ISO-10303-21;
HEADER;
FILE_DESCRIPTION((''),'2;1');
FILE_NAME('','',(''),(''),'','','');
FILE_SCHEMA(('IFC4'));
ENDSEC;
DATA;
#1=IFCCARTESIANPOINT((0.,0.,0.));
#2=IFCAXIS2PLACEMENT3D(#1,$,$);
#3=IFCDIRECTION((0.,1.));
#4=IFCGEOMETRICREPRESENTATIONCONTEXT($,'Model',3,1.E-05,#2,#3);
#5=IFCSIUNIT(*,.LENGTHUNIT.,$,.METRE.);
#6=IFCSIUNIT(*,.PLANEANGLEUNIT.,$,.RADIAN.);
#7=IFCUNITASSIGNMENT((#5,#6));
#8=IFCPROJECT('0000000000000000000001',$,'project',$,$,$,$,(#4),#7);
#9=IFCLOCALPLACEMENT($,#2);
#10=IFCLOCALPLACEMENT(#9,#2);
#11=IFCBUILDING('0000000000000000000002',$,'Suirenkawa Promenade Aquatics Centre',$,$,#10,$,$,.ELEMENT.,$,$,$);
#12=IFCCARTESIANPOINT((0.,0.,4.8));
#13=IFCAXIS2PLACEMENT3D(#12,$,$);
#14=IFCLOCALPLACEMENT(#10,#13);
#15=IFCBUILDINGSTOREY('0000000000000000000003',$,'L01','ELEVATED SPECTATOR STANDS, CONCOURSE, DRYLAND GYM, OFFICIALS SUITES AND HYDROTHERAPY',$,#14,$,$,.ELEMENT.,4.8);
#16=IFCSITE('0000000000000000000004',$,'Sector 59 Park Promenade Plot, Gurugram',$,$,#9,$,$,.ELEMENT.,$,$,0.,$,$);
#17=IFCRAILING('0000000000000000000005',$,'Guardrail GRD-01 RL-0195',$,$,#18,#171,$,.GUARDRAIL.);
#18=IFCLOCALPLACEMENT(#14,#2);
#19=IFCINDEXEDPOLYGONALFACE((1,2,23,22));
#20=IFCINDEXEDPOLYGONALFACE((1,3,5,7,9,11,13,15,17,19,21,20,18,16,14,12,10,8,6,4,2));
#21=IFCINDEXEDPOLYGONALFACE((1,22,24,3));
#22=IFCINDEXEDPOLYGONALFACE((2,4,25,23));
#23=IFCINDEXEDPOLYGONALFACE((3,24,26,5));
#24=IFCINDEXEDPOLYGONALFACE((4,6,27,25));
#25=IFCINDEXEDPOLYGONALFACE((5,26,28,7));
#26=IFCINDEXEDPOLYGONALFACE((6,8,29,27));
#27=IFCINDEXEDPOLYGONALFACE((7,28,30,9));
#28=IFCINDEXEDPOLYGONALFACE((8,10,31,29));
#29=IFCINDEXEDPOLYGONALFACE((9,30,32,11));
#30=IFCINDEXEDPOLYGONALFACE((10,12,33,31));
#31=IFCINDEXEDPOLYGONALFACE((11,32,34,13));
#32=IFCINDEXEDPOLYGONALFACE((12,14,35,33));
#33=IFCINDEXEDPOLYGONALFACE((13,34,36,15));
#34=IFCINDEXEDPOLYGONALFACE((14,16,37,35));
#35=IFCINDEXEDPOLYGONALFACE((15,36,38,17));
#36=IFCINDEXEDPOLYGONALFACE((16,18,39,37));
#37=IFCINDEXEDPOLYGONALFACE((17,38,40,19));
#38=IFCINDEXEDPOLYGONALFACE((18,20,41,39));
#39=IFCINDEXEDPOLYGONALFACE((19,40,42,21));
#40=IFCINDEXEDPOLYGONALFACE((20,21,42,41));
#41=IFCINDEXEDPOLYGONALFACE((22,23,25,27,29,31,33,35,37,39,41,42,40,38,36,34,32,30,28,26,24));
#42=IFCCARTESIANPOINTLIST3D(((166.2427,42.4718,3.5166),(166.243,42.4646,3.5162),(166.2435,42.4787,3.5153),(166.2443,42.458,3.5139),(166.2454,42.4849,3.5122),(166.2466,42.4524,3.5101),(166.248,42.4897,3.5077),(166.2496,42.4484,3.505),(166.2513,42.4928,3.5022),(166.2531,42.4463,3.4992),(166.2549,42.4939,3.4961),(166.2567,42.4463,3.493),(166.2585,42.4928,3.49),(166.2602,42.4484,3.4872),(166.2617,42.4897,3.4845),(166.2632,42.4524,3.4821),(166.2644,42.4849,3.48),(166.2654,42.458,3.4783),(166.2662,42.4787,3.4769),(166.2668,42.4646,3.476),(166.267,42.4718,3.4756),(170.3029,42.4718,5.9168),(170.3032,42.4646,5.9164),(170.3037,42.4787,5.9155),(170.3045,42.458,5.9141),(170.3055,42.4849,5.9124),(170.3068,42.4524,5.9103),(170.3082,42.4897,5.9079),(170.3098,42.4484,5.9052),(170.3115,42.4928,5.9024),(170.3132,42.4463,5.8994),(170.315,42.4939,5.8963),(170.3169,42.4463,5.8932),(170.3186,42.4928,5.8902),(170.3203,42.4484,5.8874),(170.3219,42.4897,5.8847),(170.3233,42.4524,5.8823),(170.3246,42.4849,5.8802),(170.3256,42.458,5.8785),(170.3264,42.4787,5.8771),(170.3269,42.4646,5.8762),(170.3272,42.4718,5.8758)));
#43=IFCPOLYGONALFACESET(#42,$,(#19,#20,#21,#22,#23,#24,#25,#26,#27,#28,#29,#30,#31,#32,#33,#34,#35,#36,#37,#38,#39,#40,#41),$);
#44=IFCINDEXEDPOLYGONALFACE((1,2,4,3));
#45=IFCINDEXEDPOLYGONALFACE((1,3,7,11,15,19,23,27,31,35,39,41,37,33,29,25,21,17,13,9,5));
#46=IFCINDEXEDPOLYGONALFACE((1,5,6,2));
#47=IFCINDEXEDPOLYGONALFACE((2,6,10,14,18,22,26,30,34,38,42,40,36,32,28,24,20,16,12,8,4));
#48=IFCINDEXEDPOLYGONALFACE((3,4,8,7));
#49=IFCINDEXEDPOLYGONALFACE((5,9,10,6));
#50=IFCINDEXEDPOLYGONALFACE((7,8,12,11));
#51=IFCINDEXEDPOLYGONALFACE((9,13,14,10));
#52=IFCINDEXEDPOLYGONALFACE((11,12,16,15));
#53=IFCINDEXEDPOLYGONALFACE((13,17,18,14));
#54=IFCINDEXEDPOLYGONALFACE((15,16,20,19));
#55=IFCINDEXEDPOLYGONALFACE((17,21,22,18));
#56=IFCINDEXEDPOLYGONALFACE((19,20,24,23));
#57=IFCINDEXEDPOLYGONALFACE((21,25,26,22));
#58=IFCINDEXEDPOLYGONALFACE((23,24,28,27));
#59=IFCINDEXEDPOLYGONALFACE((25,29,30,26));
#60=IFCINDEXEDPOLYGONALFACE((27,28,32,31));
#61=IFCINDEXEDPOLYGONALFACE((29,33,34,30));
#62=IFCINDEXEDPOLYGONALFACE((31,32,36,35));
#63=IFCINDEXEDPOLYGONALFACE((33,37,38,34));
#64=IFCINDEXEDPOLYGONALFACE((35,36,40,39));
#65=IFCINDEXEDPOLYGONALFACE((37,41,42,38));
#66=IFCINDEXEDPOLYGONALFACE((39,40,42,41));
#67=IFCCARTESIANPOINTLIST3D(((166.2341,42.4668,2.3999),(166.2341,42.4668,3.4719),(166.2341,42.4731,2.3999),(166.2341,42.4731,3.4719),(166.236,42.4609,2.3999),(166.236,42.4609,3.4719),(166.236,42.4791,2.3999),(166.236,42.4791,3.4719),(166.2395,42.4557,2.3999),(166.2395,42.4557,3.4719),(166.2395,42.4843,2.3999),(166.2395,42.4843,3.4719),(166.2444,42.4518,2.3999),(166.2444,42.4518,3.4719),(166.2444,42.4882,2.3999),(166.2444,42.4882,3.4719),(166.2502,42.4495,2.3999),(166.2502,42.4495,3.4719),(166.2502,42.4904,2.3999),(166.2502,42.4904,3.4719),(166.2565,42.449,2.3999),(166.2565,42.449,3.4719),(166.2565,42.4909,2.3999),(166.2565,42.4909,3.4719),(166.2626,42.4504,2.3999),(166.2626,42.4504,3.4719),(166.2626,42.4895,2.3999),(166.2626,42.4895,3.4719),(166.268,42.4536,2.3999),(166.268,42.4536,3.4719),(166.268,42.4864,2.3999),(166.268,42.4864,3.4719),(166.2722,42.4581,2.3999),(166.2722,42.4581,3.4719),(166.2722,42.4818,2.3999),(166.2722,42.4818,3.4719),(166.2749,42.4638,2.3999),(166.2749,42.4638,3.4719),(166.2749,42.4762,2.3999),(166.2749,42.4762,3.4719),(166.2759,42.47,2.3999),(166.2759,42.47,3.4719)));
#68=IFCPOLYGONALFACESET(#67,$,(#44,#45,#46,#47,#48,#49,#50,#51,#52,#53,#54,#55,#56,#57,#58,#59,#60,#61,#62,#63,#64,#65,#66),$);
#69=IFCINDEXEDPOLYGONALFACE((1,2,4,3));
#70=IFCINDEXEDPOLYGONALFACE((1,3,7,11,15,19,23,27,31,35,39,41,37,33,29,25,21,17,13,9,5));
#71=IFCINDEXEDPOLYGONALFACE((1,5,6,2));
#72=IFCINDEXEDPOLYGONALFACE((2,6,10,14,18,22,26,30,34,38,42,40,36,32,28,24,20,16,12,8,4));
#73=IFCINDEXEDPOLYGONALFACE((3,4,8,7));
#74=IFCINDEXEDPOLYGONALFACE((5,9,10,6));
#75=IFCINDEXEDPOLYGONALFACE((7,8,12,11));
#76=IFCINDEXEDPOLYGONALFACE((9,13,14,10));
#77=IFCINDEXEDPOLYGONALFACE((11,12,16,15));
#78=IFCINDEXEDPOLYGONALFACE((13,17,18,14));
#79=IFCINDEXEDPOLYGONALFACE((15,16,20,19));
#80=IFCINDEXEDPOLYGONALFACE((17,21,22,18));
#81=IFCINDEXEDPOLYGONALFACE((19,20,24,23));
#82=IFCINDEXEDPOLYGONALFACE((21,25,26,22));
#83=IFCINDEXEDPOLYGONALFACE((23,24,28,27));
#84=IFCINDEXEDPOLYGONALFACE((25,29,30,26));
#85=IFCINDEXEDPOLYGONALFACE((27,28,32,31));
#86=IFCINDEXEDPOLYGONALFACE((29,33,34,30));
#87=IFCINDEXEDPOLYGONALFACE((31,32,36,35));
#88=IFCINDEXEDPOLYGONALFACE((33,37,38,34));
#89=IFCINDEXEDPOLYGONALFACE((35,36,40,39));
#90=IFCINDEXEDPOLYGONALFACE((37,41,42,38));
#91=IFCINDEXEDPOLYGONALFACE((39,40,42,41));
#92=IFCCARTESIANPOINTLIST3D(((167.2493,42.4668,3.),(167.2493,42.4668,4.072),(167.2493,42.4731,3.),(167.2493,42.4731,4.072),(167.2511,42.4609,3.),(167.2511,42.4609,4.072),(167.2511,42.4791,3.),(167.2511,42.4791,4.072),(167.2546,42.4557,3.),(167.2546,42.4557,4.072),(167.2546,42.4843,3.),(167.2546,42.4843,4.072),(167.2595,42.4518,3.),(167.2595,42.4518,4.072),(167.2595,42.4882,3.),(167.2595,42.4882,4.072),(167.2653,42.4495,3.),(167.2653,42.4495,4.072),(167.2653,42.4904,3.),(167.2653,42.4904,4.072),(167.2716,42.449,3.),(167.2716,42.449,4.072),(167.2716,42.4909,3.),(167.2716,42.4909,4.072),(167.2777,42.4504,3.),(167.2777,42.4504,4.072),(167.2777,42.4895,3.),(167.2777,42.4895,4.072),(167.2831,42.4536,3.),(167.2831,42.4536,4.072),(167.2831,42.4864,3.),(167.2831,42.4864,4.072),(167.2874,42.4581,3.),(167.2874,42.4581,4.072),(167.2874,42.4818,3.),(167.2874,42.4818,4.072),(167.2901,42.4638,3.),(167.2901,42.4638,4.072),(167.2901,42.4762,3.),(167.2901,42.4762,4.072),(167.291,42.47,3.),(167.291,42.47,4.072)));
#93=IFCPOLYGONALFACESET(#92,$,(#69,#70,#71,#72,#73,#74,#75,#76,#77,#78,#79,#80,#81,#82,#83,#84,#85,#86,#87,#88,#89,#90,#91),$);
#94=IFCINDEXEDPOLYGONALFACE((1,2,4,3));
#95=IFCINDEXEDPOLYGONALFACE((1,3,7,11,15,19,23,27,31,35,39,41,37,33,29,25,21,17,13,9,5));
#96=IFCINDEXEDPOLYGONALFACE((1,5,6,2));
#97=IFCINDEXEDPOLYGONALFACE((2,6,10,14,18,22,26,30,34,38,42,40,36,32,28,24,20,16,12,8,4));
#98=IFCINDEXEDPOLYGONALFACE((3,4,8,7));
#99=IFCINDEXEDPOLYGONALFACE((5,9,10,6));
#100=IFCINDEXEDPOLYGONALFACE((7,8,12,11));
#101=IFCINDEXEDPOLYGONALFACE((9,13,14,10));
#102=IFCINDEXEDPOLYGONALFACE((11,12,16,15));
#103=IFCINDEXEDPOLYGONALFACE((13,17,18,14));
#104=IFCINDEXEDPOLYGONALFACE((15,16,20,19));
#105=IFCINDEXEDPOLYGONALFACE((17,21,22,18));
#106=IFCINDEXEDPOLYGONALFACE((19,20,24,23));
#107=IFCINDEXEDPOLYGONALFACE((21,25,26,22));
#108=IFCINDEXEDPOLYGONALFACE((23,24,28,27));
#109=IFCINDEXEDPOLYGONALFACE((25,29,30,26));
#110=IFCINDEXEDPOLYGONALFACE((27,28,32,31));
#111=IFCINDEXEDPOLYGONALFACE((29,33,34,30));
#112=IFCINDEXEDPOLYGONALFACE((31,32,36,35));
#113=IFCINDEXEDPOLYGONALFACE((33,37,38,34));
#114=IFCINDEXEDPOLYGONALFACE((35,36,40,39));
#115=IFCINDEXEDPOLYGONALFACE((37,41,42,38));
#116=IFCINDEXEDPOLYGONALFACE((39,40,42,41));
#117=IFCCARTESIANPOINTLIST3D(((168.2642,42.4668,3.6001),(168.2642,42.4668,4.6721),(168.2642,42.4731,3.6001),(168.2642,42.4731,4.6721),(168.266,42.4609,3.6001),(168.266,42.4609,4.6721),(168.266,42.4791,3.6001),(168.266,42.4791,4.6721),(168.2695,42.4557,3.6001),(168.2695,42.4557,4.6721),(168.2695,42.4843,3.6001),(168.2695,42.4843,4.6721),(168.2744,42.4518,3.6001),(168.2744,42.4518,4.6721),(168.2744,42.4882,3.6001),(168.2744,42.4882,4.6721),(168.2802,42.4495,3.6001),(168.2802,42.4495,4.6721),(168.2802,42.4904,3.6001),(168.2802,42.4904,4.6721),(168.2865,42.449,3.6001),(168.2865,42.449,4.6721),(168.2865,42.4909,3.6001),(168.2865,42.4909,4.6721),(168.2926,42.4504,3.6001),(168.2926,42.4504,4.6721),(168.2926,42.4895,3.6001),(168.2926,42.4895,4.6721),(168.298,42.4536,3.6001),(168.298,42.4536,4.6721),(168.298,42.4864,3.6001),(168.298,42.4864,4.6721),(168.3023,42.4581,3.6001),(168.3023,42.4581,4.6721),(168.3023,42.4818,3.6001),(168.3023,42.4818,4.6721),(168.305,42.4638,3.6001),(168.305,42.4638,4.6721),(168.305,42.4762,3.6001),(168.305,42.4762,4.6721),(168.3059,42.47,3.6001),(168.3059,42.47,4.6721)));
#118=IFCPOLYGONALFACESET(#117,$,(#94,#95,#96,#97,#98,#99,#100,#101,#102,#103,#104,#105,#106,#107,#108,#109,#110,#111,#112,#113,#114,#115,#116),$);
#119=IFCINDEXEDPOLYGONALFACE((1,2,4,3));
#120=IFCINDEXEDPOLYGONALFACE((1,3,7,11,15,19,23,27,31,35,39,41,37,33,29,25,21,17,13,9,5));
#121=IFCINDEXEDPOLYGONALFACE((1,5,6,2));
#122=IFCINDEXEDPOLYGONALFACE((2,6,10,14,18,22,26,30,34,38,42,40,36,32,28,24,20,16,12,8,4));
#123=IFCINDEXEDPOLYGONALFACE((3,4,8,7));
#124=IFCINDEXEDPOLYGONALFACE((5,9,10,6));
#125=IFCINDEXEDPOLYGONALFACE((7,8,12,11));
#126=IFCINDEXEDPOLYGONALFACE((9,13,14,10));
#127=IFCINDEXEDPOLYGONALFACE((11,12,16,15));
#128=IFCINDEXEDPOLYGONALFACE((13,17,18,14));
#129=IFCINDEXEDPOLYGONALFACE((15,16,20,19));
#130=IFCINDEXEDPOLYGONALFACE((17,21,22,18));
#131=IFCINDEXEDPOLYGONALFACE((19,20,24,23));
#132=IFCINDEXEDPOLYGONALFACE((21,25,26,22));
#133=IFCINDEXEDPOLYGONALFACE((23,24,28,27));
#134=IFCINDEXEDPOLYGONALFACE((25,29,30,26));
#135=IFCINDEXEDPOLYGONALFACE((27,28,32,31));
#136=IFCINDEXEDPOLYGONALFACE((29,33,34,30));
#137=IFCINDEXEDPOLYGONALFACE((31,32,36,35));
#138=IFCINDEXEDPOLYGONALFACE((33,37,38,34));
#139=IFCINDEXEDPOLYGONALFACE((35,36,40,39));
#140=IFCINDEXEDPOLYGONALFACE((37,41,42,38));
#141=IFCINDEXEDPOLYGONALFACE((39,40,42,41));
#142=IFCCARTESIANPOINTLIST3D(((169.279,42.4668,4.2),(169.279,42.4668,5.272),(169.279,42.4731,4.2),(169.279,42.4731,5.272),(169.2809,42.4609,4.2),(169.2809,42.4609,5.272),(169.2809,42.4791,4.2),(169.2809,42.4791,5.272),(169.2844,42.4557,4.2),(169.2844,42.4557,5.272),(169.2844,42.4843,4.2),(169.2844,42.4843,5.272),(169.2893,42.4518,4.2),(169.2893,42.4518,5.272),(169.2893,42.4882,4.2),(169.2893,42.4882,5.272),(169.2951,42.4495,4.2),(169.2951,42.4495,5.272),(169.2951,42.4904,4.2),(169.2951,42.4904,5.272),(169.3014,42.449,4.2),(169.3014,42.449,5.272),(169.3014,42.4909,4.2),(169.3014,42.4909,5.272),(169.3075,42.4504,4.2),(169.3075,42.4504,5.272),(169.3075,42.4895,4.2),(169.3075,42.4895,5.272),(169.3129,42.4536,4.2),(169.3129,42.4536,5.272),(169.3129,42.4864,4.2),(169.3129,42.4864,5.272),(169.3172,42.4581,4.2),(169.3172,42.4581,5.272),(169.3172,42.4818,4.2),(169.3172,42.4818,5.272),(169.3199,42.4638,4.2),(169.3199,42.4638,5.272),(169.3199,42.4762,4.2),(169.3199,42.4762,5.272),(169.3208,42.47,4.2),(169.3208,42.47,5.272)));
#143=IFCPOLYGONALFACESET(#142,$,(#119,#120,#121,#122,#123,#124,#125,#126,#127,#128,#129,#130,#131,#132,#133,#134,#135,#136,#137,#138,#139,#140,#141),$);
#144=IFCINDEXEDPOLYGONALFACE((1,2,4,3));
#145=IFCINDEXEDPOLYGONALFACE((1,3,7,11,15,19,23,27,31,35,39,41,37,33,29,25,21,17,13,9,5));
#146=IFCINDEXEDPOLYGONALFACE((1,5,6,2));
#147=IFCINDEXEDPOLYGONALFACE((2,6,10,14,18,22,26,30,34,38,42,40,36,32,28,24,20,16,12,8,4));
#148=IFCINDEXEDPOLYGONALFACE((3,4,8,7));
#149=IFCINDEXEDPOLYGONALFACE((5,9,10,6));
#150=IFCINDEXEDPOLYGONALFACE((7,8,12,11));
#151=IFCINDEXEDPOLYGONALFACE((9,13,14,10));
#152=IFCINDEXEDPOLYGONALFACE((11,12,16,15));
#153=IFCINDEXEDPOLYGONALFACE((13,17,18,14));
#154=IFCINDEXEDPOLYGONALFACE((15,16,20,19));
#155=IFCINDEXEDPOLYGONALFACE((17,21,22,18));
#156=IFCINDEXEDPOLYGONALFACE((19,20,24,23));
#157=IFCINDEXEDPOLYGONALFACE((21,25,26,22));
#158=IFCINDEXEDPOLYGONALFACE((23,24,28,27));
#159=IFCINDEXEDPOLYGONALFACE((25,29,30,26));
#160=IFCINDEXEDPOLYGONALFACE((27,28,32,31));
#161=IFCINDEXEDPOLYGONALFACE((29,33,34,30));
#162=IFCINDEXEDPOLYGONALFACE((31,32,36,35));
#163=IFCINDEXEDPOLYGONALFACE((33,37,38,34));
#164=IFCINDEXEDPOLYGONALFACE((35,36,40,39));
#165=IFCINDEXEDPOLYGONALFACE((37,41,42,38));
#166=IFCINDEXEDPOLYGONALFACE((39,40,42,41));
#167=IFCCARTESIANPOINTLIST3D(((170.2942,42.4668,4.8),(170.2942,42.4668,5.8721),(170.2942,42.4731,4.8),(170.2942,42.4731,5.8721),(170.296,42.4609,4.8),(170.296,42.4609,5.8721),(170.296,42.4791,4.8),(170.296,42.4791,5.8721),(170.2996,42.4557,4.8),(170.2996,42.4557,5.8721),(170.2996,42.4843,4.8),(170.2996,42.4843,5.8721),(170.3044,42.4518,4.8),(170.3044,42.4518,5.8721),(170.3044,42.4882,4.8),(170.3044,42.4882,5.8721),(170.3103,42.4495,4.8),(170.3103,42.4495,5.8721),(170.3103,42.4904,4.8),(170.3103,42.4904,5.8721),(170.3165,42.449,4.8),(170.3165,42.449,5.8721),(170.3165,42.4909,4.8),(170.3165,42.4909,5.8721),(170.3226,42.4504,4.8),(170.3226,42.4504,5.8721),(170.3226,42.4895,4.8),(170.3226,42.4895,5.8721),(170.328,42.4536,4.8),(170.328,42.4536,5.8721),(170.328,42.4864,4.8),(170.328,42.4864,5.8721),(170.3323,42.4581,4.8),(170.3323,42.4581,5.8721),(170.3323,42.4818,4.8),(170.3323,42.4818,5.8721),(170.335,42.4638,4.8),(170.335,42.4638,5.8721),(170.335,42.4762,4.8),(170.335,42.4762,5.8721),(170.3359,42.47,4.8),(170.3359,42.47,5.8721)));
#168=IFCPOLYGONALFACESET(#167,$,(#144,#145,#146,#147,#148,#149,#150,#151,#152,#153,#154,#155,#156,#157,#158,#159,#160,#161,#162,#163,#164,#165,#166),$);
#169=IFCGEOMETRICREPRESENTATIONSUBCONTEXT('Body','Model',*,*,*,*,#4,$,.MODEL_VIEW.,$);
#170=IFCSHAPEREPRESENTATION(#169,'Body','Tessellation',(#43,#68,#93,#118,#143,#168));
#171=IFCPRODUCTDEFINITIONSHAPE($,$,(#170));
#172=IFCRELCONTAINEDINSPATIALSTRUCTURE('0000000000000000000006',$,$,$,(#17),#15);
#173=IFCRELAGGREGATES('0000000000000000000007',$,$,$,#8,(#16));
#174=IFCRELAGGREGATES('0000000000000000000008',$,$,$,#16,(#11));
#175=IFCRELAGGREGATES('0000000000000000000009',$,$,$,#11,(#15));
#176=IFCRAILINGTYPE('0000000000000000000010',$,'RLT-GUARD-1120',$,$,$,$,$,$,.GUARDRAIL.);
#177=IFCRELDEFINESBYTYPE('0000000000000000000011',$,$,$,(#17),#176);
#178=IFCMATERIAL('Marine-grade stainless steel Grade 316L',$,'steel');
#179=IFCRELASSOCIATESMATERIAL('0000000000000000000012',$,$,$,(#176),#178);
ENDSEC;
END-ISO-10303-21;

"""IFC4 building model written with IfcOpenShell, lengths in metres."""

from ifc_helpers import new_model, si_unit, direction, frame, origin, origin_2d, place, context, subcontext, project, spatial, circle, extrude, material, type_object, element, save


model = new_model("IFC4")

# Units and contexts
model_context = context("Model", 3, precision=1e-05, world=origin(), true_north=direction((0.0, 1.0)))
body_context = subcontext(model_context, "Body", "Model", "MODEL_VIEW")
ifc_project = project(units=[si_unit("LENGTHUNIT", "METRE"), si_unit("PLANEANGLEUNIT", "RADIAN")], contexts=[model_context])

# Site, building, storey
site_placement = place(None, origin())
site = spatial("IfcSite", under=ifc_project, at=site_placement, Name="Sector 59 Park Promenade Plot, Gurugram", CompositionType="ELEMENT", RefElevation=0.0)
building_placement = place(site_placement, origin())
building = spatial("IfcBuilding", under=site, at=building_placement, Name="Suirenkawa Promenade Aquatics Centre", CompositionType="ELEMENT")
storey_placement = place(building_placement, frame((0.0, 0.0, 4.8)))
storey = spatial("IfcBuildingStorey", under=building, at=storey_placement, Name="L01", Description="ELEVATED SPECTATOR STANDS, CONCOURSE, DRYLAND GYM, OFFICIALS SUITES AND HYDROTHERAPY", CompositionType="ELEMENT", Elevation=4.8)

# Railing
ifc_material_1 = material(Name="Marine-grade stainless steel Grade 316L", Category="steel")
railing_type_1 = type_object("IfcRailingType", Name="RLT-GUARD-1120", PredefinedType="GUARDRAIL", material=ifc_material_1)
for number, where, name in (
    (1, (166.2549, 42.47, 2.3999), "Guardrail GRD-01 RL-0195"),
):
    element("IfcRailing", number, at=place(storey_placement, frame(where)), inside=storey, type_object=railing_type_1, Name=name, PredefinedType="GUARDRAIL", context=body_context, shape_type="SweptSolid", body=[
        extrude(circle(Radius=0.0239, at=origin_2d()), frame((0.0, 0.0, 1.0962), z_axis=(0.860832, 0.0, 0.50889), x_axis=(0.0, 1.0, 0.0)), (0.0, 0.0, 1.0), 4.7166),
        extrude(circle(Radius=0.021, at=origin_2d()), origin(), (0.0, 0.0, 1.0), 1.072),
        extrude(circle(Radius=0.021, at=origin_2d()), frame((1.0151, 0.0, 0.6001)), (0.0, 0.0, 1.0), 1.072),
        extrude(circle(Radius=0.021, at=origin_2d()), frame((2.03, 0.0, 1.2002)), (0.0, 0.0, 1.0), 1.072),
        extrude(circle(Radius=0.021, at=origin_2d()), frame((3.0449, 0.0, 1.8)), (0.0, 0.0, 1.0), 1.072),
        extrude(circle(Radius=0.021, at=origin_2d()), frame((4.0601, 0.0, 2.4001)), (0.0, 0.0, 1.0), 1.072),
    ])

save(model, "model.ifc")
